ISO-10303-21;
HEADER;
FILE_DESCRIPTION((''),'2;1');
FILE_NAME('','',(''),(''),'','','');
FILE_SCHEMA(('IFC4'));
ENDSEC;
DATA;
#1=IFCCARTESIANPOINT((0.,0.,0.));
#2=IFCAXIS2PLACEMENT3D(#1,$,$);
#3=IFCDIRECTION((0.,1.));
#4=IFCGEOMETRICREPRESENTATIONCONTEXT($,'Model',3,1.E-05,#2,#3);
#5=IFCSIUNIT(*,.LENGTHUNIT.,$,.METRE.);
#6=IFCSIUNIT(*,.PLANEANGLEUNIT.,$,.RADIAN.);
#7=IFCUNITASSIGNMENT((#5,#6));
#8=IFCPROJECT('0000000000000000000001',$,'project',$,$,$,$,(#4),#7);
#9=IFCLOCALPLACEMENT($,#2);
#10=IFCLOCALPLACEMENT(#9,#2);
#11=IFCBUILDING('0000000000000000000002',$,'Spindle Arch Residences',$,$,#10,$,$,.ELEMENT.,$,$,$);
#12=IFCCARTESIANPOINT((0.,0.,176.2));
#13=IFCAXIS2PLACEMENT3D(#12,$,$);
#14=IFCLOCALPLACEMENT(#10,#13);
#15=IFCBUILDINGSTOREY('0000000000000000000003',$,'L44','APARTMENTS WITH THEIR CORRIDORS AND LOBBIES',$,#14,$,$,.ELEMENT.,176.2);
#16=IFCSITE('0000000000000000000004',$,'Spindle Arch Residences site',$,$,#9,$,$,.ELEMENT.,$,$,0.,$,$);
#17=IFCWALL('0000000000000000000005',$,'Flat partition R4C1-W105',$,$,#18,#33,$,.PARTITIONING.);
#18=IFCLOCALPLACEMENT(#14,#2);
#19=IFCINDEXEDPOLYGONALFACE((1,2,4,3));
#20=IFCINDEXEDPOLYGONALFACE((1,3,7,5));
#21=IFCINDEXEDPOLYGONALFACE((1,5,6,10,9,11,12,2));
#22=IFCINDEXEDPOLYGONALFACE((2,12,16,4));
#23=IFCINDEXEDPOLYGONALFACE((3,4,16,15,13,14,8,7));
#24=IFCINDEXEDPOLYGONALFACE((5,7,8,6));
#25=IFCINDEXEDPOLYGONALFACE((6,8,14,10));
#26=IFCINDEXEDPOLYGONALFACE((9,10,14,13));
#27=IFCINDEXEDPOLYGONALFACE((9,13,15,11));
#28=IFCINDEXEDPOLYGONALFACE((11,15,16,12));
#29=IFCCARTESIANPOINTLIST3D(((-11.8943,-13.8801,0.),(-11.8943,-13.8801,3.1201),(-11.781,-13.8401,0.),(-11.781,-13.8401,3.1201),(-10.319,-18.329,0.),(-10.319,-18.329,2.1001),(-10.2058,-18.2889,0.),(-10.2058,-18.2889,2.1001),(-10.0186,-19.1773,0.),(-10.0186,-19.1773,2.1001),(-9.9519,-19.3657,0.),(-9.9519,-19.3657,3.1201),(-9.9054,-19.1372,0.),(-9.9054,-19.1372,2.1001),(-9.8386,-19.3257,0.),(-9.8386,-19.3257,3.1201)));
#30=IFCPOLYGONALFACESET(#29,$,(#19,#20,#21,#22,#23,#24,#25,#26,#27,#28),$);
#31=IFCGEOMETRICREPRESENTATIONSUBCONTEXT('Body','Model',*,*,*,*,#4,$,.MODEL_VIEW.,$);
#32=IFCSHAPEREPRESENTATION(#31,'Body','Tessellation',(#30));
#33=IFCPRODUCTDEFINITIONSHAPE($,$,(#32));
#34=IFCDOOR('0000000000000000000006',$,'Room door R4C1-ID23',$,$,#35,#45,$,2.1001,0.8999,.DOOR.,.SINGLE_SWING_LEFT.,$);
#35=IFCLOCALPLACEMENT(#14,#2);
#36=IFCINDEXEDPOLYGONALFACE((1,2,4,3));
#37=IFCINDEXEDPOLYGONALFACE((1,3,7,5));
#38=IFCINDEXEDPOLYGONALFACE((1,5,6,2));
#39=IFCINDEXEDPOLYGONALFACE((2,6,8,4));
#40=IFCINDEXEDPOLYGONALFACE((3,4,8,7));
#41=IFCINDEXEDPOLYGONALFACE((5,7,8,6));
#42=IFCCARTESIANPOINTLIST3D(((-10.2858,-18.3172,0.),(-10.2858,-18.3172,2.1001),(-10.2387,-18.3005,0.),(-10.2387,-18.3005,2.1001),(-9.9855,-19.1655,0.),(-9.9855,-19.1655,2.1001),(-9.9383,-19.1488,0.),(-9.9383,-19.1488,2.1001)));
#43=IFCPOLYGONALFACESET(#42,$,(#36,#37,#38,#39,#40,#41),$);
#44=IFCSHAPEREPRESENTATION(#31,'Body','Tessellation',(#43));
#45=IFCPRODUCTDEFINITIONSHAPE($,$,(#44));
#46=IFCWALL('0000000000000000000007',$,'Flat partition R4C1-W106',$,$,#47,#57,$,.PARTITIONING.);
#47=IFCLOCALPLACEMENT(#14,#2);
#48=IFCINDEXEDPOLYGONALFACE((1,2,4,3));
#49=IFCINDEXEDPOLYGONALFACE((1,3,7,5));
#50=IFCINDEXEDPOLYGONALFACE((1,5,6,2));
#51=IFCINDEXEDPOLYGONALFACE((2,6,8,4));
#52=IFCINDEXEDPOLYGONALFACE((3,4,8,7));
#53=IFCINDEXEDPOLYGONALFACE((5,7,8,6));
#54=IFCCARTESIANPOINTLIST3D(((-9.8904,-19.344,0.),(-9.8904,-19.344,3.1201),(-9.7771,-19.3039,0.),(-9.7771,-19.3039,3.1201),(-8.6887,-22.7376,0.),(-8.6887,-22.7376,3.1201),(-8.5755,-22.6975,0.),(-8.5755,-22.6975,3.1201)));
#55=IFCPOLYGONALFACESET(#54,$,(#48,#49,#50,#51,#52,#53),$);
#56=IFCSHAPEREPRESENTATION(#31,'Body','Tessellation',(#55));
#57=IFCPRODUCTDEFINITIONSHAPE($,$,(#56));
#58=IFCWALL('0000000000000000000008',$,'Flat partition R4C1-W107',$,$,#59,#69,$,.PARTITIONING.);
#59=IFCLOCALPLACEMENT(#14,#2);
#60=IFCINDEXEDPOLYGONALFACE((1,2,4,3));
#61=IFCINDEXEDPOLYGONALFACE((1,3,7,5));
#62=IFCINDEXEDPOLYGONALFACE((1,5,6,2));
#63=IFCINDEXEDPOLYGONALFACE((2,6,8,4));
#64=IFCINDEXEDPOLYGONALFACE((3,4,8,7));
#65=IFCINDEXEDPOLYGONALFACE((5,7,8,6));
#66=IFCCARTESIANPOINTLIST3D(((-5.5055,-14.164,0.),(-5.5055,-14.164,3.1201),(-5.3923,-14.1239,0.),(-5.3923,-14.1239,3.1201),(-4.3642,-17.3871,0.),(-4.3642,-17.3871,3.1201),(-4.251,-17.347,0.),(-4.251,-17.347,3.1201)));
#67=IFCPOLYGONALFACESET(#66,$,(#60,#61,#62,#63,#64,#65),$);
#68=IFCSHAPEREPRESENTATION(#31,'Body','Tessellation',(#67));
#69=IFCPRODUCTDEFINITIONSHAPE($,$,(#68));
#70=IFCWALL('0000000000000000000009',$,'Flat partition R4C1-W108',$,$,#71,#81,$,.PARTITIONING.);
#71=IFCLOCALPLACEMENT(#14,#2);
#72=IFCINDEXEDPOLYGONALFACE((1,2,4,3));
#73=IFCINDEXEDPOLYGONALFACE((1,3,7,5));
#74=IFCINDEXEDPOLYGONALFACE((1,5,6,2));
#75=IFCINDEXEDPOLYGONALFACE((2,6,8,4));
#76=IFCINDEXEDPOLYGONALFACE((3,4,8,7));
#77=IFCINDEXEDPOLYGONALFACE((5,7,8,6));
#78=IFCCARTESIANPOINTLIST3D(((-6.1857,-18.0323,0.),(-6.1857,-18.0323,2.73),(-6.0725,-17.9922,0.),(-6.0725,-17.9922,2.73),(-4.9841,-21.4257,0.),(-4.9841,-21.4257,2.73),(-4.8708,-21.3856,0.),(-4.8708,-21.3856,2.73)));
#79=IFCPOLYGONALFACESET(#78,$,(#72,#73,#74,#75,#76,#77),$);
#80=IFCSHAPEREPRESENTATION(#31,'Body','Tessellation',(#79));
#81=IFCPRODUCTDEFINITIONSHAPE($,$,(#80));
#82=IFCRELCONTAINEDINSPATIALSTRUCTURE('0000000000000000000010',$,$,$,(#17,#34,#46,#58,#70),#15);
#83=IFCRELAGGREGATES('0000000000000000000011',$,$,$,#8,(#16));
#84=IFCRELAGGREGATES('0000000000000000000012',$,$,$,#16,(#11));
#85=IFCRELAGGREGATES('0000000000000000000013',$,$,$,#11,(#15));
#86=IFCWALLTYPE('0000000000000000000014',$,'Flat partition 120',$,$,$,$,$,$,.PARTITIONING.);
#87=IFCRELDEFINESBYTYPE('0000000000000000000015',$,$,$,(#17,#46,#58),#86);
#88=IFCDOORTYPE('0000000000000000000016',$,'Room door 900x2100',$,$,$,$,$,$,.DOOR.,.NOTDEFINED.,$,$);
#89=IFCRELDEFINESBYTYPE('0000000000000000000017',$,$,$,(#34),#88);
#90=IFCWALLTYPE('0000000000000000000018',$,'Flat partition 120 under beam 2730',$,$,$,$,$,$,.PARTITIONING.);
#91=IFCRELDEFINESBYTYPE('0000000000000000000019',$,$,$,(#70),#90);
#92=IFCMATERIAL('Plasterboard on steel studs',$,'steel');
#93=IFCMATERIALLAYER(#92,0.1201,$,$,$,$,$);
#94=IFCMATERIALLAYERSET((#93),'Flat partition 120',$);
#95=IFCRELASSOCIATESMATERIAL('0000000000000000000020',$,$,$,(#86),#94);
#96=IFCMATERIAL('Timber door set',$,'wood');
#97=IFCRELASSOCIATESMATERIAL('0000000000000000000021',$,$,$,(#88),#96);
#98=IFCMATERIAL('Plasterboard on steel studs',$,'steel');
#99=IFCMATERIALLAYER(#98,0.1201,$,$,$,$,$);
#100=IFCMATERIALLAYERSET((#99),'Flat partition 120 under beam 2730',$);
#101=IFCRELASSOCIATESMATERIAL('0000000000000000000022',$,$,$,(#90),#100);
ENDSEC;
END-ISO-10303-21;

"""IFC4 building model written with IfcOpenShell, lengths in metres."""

from ifc_helpers import new_model, si_unit, direction, frame, frame_2d, origin, place, context, subcontext, project, spatial, rectangle, extrude, material, layer, layer_set, type_object, element, fill, save


model = new_model("IFC4")

# Units and contexts
model_context = context("Model", 3, precision=1e-05, world=origin(), true_north=direction((0.0, 1.0)))
body_context = subcontext(model_context, "Body", "Model", "MODEL_VIEW")
ifc_project = project(units=[si_unit("LENGTHUNIT", "METRE"), si_unit("PLANEANGLEUNIT", "RADIAN")], contexts=[model_context])

# Site, building, storey
site_placement = place(None, origin())
site = spatial("IfcSite", under=ifc_project, at=site_placement, Name="Spindle Arch Residences site", CompositionType="ELEMENT", RefElevation=0.0)
building_placement = place(site_placement, origin())
building = spatial("IfcBuilding", under=site, at=building_placement, Name="Spindle Arch Residences", CompositionType="ELEMENT")
storey_placement = place(building_placement, frame((0.0, 0.0, 176.2)))
storey = spatial("IfcBuildingStorey", under=building, at=storey_placement, Name="L44", Description="APARTMENTS WITH THEIR CORRIDORS AND LOBBIES", CompositionType="ELEMENT", Elevation=176.2)

# Shared definitions
ifc_material_1 = material(Name="Plasterboard on steel studs", Category="steel")
ifc_layer_1 = layer(ifc_material_1, 0.1201)
ifc_layer_set_1 = layer_set([ifc_layer_1], Name="Flat partition 120")
wall_type_1 = type_object("IfcWallType", Name="Flat partition 120", PredefinedType="PARTITIONING", material=ifc_layer_set_1)

# Shared definitions
ifc_material_2 = material(Name="Timber door set", Category="wood")
door_type = type_object("IfcDoorType", Name="Room door 900x2100", OperationType="NOTDEFINED", PredefinedType="DOOR", material=ifc_material_2)

# Wall, opening, door
wall_1_placement = place(storey_placement, frame((-9.8953, -19.3457, 0.0), z_axis=(0.0, 0.0, 1.0), x_axis=(-0.333781, 0.942651, 0.0)))
wall_1 = element("IfcWall", 1, at=wall_1_placement, inside=storey, type_object=wall_type_1, Name="Flat partition R4C1-W105", PredefinedType="PARTITIONING", context=body_context, shape_type="SweptSolid", body=[
    extrude(rectangle(XDim=5.8193, YDim=0.1201, at=frame_2d((2.9097, 0.0))), origin(), (0.0, 0.0, 1.0), 3.1201),
])
opening_1_placement = place(wall_1_placement, frame((0.2, 0.0, 0.0)))
opening_1 = element("IfcOpeningElement", 2, at=opening_1_placement, cuts=wall_1, PredefinedType="OPENING", context=body_context, shape_type="SweptSolid", body=[
    extrude(rectangle(XDim=0.8999, YDim=2.1001, at=frame_2d((0.45, 1.05))), frame((0.0, 0.0701, 0.0), z_axis=(0.0, -1.0, 0.0), x_axis=(1.0, 0.0, 0.0)), (0.0, 0.0, 1.0), 0.1401),
])
door_1_placement = place(opening_1_placement, origin())
door_1 = element("IfcDoor", 3, at=door_1_placement, inside=storey, type_object=door_type, Name="Room door R4C1-ID23", OperationType="SINGLE_SWING_LEFT", OverallHeight=2.1001, OverallWidth=0.8999, PredefinedType="DOOR", context=body_context, shape_type="SweptSolid", body=[
    extrude(rectangle(XDim=0.8999, YDim=2.1001, at=frame_2d((0.45, 1.05))), frame((0.0, 0.0249, 0.0), z_axis=(0.0, -1.0, 0.0), x_axis=(1.0, 0.0, 0.0)), (0.0, 0.0, 1.0), 0.05),
])
fill(opening_1, door_1)

# Walls
wall_2_placement = place(storey_placement, frame((-8.6321, -22.7175, 0.0), z_axis=(0.0, 0.0, 1.0), x_axis=(-0.333792, 0.942647, 0.0)))
element("IfcWall", 4, at=wall_2_placement, inside=storey, type_object=wall_type_1, Name="Flat partition R4C1-W106", PredefinedType="PARTITIONING", context=body_context, shape_type="SweptSolid", body=[
    extrude(rectangle(XDim=3.6001, YDim=0.1201, at=frame_2d((1.8, 0.0))), origin(), (0.0, 0.0, 1.0), 3.1201),
])
wall_3_placement = place(storey_placement, frame((-4.3076, -17.3669, 0.0), z_axis=(0.0, 0.0, 1.0), x_axis=(-0.333802, 0.942643, 0.0)))
element("IfcWall", 5, at=wall_3_placement, inside=storey, type_object=wall_type_1, Name="Flat partition R4C1-W107", PredefinedType="PARTITIONING", context=body_context, shape_type="SweptSolid", body=[
    extrude(rectangle(XDim=3.4192, YDim=0.1201, at=frame_2d((1.7095, 0.0))), origin(), (0.0, 0.0, 1.0), 3.1201),
])
ifc_material_3 = material(Name="Plasterboard on steel studs", Category="steel")
ifc_layer_2 = layer(ifc_material_3, 0.1201)
ifc_layer_set_2 = layer_set([ifc_layer_2], Name="Flat partition 120 under beam 2730")
wall_type_2 = type_object("IfcWallType", Name="Flat partition 120 under beam 2730", PredefinedType="PARTITIONING", material=ifc_layer_set_2)
wall_4_placement = place(storey_placement, frame((-4.9275, -21.4055, 0.0), z_axis=(0.0, 0.0, 1.0), x_axis=(-0.333813, 0.942639, 0.0)))
element("IfcWall", 6, at=wall_4_placement, inside=storey, type_object=wall_type_2, Name="Flat partition R4C1-W108", PredefinedType="PARTITIONING", context=body_context, shape_type="SweptSolid", body=[
    extrude(rectangle(XDim=3.5999, YDim=0.1201, at=frame_2d((1.7998, 0.0))), origin(), (0.0, 0.0, 1.0), 2.73),
])

save(model, "model.ifc")
